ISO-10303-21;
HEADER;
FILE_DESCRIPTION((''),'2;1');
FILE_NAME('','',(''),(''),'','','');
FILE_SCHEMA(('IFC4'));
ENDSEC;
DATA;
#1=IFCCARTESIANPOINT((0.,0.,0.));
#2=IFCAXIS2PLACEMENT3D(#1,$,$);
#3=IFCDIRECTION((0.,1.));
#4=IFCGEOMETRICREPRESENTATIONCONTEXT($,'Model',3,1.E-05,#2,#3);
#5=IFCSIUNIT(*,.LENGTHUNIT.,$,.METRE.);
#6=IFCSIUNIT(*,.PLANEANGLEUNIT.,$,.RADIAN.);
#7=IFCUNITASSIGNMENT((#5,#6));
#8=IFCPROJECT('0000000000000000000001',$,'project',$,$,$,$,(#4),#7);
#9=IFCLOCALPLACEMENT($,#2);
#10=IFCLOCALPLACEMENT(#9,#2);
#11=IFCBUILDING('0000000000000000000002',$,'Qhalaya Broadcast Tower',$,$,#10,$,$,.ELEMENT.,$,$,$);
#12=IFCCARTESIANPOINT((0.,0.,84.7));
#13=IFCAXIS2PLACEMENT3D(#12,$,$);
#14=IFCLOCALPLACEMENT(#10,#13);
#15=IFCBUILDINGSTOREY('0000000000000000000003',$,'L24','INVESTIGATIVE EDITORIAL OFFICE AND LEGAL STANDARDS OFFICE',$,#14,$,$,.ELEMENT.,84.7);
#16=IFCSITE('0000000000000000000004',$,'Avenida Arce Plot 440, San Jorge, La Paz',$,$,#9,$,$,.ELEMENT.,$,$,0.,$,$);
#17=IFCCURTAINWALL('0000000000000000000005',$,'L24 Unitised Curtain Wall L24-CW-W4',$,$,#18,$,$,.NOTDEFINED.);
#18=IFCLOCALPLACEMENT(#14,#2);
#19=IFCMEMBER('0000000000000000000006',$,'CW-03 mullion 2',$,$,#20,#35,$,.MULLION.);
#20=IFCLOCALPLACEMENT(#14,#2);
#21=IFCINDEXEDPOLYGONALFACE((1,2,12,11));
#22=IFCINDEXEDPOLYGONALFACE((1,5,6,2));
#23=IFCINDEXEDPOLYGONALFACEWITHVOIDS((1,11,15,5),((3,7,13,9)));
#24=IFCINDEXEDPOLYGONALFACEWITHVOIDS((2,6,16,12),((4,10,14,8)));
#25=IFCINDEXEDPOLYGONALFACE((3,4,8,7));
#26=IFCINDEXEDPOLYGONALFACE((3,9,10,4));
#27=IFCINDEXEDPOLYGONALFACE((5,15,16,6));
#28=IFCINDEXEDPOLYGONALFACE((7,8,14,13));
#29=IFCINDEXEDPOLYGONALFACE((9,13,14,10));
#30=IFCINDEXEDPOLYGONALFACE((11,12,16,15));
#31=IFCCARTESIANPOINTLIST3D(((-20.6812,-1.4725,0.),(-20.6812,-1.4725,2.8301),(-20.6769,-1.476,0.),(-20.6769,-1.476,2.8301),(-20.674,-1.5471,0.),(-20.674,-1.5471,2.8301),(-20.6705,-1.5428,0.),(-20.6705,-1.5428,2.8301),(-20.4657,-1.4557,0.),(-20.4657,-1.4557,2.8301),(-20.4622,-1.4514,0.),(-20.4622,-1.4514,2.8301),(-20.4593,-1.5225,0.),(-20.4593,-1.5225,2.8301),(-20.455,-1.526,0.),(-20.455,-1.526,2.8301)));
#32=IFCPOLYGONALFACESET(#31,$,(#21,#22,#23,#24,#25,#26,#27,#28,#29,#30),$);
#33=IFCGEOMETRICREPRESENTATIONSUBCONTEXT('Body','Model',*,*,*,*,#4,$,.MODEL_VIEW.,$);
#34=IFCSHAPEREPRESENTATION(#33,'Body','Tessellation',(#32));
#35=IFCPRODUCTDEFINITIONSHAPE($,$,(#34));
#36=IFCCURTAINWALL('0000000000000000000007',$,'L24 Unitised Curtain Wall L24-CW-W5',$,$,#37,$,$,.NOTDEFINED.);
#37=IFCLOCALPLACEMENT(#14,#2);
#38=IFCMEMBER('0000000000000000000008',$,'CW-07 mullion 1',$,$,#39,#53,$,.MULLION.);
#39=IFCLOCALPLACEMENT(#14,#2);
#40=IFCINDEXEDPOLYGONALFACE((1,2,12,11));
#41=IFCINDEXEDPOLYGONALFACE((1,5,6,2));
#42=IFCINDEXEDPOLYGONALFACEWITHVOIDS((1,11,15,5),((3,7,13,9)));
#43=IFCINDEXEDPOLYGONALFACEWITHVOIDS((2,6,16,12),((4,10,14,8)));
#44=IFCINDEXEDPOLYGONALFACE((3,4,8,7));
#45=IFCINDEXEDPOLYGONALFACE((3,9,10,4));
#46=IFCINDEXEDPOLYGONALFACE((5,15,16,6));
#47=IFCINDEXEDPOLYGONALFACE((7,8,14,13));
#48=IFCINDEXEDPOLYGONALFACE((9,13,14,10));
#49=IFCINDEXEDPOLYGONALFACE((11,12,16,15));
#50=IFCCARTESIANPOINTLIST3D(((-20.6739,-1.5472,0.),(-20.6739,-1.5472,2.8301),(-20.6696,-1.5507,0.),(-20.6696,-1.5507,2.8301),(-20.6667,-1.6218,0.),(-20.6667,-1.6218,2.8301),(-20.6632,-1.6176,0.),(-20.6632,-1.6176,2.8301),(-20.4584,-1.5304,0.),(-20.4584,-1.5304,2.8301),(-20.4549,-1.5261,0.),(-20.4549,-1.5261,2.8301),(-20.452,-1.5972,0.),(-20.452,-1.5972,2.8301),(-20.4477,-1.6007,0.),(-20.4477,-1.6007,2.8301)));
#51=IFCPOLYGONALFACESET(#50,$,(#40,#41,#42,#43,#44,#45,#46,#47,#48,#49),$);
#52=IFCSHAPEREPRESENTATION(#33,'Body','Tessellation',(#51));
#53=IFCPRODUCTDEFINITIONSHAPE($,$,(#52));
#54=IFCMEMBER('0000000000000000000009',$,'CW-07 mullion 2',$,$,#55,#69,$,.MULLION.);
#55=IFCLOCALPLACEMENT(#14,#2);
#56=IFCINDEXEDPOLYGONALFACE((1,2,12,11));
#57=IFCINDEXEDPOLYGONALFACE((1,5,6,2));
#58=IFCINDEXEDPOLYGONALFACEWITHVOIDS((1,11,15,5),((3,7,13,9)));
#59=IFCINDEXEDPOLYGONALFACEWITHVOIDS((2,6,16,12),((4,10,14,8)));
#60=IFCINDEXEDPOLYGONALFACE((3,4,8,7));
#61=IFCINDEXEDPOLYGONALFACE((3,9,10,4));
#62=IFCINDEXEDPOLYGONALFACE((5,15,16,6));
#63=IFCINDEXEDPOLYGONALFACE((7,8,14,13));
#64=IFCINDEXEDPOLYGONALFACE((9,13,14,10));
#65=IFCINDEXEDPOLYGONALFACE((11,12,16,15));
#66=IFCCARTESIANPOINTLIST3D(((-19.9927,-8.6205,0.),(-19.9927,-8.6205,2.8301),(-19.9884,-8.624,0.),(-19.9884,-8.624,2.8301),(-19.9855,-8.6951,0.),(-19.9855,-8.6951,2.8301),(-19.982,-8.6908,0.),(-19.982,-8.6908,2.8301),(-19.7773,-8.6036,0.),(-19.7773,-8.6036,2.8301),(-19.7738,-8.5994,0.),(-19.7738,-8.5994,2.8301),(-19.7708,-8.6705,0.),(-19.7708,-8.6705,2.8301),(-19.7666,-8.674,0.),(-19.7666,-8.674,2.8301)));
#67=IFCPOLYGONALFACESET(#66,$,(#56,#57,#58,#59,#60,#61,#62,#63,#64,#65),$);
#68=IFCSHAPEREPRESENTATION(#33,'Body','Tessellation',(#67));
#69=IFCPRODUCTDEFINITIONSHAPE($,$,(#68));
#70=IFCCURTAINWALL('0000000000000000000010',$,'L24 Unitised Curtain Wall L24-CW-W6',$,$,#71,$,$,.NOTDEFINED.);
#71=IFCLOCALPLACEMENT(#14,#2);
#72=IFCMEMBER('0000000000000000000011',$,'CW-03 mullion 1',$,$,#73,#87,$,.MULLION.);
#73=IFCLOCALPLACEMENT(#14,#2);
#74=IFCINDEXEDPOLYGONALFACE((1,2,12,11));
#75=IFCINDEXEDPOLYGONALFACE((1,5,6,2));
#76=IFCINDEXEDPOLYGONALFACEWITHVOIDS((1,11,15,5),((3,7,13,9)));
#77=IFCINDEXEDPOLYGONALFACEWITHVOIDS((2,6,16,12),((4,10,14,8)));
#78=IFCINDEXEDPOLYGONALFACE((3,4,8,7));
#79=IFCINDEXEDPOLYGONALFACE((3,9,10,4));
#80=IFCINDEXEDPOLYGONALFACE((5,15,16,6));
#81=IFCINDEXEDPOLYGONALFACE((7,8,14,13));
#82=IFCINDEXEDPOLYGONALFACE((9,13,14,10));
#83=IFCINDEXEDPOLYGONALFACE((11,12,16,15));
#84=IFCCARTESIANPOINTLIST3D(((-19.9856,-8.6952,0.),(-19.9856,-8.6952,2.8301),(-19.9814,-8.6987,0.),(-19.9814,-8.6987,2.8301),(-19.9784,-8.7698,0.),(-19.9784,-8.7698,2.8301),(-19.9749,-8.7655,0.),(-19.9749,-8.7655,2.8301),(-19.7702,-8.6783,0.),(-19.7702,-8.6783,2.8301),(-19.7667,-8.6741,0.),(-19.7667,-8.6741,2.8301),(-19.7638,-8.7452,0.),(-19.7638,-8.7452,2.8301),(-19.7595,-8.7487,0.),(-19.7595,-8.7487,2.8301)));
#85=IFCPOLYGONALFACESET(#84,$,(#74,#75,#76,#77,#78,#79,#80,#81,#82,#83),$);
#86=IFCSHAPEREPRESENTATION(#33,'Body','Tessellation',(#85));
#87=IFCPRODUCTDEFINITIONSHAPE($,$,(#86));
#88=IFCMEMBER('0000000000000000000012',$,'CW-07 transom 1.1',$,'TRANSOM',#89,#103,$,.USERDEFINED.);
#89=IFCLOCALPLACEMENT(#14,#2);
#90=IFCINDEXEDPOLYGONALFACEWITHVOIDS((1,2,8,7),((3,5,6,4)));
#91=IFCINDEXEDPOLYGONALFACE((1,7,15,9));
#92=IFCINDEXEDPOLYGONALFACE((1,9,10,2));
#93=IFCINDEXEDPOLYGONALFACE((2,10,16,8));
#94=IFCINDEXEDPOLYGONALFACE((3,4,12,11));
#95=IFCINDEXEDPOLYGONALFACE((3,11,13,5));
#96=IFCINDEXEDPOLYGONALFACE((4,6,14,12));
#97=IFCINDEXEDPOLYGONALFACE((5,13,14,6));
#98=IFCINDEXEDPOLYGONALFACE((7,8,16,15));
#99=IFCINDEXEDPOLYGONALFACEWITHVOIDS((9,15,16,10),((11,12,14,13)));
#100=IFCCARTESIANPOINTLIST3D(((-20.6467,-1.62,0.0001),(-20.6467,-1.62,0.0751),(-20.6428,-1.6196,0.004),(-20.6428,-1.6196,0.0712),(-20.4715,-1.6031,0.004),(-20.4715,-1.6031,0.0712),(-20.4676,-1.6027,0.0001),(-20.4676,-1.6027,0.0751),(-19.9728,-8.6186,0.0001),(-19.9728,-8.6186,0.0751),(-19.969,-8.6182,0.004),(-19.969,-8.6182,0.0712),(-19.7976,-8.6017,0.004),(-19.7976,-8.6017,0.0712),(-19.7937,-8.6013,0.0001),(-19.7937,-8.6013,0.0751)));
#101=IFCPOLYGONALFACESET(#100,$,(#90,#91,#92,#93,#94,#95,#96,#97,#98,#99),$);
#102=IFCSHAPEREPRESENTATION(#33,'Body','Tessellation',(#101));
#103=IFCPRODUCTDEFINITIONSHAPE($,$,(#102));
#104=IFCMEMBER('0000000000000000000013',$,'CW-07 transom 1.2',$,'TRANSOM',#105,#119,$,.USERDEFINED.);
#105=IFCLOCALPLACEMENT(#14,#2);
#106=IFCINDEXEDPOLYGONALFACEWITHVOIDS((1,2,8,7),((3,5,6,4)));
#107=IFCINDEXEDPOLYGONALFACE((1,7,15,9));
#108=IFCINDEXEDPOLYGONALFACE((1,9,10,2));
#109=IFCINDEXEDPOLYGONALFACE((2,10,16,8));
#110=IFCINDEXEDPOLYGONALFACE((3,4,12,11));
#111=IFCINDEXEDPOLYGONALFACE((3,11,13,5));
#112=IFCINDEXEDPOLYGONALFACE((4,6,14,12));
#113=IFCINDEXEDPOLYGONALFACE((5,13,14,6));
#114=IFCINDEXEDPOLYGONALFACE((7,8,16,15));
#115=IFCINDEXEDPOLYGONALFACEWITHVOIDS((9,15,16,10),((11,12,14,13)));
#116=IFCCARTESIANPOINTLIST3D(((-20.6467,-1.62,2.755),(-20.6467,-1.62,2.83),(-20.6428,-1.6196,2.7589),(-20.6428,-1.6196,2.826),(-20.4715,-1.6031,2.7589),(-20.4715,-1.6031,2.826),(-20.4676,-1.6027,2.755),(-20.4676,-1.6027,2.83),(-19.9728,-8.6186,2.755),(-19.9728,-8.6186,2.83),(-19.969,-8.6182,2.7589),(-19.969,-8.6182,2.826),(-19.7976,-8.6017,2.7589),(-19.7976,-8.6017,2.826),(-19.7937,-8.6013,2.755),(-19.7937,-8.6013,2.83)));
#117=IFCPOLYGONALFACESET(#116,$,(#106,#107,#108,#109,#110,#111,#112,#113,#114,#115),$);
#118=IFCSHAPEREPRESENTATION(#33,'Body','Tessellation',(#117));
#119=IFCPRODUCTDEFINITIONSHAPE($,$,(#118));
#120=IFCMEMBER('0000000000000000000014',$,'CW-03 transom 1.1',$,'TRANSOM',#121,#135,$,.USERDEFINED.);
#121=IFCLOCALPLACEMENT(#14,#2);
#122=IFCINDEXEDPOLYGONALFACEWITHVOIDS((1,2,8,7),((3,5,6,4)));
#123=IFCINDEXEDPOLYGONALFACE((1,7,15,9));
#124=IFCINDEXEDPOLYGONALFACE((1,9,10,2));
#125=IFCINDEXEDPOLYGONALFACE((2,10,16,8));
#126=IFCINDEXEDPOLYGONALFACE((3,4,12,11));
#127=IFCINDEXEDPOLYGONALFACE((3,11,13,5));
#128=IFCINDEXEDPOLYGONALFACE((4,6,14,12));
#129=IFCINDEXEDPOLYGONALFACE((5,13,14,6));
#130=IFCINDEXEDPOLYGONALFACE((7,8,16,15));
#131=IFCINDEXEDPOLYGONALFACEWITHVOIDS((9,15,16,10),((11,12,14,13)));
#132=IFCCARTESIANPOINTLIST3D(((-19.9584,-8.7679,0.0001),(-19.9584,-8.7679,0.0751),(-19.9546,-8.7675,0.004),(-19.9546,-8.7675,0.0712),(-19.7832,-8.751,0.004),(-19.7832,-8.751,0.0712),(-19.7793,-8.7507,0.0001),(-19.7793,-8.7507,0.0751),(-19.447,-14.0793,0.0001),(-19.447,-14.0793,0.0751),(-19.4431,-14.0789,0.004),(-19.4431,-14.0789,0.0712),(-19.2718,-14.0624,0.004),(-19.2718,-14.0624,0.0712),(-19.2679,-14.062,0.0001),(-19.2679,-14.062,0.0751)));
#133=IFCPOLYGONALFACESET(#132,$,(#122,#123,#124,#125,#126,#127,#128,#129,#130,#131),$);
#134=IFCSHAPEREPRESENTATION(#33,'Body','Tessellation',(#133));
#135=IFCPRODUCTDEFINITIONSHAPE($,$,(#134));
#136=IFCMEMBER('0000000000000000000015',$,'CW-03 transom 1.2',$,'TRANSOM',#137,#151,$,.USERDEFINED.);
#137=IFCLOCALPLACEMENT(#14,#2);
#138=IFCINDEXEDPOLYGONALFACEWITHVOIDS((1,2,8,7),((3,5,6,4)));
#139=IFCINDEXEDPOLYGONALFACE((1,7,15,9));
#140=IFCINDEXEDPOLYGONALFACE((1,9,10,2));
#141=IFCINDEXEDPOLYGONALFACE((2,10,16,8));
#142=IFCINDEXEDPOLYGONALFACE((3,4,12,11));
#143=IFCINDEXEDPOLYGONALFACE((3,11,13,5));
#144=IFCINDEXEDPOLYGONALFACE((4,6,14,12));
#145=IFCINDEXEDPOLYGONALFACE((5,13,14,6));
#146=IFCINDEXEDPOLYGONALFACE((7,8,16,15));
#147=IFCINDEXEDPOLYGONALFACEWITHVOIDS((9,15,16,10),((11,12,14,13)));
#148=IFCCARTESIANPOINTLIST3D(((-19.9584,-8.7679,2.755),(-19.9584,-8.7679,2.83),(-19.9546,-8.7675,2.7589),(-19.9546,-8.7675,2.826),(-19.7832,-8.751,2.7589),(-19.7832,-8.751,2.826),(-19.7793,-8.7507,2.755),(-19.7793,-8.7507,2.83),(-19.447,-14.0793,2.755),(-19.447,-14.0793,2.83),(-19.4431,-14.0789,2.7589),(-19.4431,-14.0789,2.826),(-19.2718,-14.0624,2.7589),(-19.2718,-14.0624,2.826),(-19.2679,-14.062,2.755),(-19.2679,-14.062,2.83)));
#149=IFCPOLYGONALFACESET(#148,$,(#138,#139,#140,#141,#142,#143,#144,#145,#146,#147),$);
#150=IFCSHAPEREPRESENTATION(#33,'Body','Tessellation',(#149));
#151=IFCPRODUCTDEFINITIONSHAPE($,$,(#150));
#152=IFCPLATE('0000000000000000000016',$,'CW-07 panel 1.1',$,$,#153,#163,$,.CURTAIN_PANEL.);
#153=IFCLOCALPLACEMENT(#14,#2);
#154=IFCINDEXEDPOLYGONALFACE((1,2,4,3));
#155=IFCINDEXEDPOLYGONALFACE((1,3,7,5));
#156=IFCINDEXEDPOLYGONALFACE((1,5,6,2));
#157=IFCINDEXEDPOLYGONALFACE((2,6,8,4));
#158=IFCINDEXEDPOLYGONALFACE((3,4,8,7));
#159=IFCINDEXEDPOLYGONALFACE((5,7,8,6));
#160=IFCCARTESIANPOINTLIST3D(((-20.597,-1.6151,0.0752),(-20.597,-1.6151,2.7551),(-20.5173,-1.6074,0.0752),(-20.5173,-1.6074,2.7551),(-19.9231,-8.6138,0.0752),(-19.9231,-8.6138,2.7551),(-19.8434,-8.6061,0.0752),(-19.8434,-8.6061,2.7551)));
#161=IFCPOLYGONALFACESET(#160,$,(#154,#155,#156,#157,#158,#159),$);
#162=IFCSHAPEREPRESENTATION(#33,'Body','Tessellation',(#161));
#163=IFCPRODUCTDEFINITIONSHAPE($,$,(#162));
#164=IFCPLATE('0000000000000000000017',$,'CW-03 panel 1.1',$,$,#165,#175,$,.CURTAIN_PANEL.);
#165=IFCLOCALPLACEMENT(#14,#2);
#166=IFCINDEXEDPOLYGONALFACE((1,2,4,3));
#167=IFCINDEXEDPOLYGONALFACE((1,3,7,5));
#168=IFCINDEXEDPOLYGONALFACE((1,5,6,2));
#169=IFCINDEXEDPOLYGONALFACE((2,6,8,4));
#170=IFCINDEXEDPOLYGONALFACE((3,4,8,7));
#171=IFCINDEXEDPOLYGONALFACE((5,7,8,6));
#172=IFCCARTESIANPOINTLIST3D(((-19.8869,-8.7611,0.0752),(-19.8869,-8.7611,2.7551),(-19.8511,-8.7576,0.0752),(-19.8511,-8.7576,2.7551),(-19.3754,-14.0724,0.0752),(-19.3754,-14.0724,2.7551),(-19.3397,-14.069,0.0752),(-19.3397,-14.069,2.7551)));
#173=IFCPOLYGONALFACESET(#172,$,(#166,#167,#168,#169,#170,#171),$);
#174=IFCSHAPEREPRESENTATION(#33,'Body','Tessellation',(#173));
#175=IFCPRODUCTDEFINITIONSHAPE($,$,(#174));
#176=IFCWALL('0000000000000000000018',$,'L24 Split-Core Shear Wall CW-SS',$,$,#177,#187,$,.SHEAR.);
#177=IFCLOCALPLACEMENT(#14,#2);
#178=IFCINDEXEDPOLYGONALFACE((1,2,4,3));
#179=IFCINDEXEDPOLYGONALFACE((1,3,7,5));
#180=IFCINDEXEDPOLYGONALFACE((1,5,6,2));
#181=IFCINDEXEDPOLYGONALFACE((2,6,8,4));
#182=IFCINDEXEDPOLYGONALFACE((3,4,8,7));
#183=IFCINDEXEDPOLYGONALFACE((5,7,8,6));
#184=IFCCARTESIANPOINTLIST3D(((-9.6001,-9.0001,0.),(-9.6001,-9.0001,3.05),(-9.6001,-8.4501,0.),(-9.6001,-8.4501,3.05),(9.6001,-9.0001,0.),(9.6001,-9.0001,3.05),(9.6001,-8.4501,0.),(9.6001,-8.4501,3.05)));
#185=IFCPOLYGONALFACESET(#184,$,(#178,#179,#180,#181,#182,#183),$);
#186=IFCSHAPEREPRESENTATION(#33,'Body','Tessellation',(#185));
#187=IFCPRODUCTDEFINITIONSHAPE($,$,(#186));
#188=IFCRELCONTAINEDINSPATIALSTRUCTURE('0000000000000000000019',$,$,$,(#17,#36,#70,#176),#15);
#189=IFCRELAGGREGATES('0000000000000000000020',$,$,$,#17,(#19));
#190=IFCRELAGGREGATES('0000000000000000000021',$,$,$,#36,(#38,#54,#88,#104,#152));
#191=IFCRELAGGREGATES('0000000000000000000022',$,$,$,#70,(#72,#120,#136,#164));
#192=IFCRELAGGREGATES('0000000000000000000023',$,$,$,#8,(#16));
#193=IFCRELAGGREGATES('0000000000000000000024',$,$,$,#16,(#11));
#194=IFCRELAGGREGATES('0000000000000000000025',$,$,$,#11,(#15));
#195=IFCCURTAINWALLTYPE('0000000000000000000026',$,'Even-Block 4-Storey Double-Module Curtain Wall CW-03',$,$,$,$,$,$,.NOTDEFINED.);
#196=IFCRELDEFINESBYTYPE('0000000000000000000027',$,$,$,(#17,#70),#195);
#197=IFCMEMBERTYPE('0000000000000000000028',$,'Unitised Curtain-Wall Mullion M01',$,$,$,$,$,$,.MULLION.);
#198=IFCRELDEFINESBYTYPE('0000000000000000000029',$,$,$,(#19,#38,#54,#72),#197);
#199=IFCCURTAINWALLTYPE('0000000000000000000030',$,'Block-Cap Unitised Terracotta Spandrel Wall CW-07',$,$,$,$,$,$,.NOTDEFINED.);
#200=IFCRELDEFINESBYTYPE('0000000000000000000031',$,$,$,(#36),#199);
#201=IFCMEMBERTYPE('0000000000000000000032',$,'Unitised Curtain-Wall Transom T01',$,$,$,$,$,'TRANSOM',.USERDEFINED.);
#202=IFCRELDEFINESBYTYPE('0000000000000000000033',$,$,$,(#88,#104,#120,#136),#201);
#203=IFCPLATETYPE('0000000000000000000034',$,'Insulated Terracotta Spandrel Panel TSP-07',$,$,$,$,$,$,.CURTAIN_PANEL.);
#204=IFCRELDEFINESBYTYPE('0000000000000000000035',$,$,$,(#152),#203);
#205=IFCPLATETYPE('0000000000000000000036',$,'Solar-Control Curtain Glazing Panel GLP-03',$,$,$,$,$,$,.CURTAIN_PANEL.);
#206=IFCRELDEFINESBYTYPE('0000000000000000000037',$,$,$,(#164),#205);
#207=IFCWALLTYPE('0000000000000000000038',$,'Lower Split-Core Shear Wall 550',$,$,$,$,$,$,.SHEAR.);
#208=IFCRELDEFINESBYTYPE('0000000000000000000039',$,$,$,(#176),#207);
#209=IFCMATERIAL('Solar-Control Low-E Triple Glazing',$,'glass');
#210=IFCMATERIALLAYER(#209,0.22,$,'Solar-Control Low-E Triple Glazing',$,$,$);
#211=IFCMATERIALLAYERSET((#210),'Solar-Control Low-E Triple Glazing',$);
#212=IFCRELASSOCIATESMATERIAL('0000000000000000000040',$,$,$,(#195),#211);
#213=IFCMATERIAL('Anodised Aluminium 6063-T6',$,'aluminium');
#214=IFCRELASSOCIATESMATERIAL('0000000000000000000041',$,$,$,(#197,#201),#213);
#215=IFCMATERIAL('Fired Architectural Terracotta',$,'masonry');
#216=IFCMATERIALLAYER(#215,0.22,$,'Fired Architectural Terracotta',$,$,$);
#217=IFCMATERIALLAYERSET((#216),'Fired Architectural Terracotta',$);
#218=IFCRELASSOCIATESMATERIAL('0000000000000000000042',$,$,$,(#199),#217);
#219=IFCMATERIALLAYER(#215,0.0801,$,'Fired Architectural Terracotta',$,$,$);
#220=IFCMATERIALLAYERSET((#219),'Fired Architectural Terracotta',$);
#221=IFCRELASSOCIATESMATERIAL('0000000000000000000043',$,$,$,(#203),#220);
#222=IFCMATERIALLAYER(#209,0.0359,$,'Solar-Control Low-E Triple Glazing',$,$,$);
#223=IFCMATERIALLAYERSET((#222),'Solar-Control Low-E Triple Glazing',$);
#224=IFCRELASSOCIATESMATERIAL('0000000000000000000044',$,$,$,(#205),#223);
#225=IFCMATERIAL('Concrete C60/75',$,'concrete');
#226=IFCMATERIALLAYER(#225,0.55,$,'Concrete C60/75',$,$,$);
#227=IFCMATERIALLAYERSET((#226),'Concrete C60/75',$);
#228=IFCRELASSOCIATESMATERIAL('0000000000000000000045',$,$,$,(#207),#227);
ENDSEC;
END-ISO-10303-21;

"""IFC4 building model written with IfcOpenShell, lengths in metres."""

from ifc_helpers import new_model, si_unit, direction, frame, frame_2d, origin, origin_2d, place, context, subcontext, project, spatial, rectangle, hollow_rectangle, extrude, material, layer, layer_set, material_profile, profile_set, type_object, element, aggregate, save


model = new_model("IFC4")

# Units and contexts
model_context = context("Model", 3, precision=1e-05, world=origin(), true_north=direction((0.0, 1.0)))
body_context = subcontext(model_context, "Body", "Model", "MODEL_VIEW")
ifc_project = project(units=[si_unit("LENGTHUNIT", "METRE"), si_unit("PLANEANGLEUNIT", "RADIAN")], contexts=[model_context])

# Site, building, storey
site_placement = place(None, origin())
site = spatial("IfcSite", under=ifc_project, at=site_placement, Name="Avenida Arce Plot 440, San Jorge, La Paz", CompositionType="ELEMENT", RefElevation=0.0)
building_placement = place(site_placement, origin())
building = spatial("IfcBuilding", under=site, at=building_placement, Name="Qhalaya Broadcast Tower", CompositionType="ELEMENT")
storey_placement = place(building_placement, frame((0.0, 0.0, 84.7)))
storey = spatial("IfcBuildingStorey", under=building, at=storey_placement, Name="L24", Description="INVESTIGATIVE EDITORIAL OFFICE AND LEGAL STANDARDS OFFICE", CompositionType="ELEMENT", Elevation=84.7)

# Curtain wall, member
ifc_material_1 = material(Name="Solar-Control Low-E Triple Glazing", Category="glass")
ifc_layer_1 = layer(ifc_material_1, 0.22, Name="Solar-Control Low-E Triple Glazing")
ifc_layer_set_1 = layer_set([ifc_layer_1], Name="Solar-Control Low-E Triple Glazing")
curtain_wall_type_1 = type_object("IfcCurtainWallType", Name="Even-Block 4-Storey Double-Module Curtain Wall CW-03", PredefinedType="NOTDEFINED", material=ifc_layer_set_1)
curtain_wall_1_placement = place(storey_placement, origin())
curtain_wall_1 = element("IfcCurtainWall", 1, at=curtain_wall_1_placement, inside=storey, type_object=curtain_wall_type_1, Name="L24 Unitised Curtain Wall L24-CW-W4", PredefinedType="NOTDEFINED")
ifc_material_2 = material(Name="Anodised Aluminium 6063-T6", Category="aluminium")
ifc_material_profile_1 = material_profile(ifc_material_2, hollow_rectangle(XDim=0.075, YDim=0.22, WallThickness=0.0039, at=origin_2d()), Name="ALU-MUL 75x220x4")
ifc_profile_set_1 = profile_set([ifc_material_profile_1], Name="Anodised Aluminium 6063-T6")
member_type_1 = type_object("IfcMemberType", Name="Unitised Curtain-Wall Mullion M01", PredefinedType="MULLION", material=ifc_profile_set_1)
member_1_placement = place(storey_placement, frame((-20.5681, -1.4993, 0.0), z_axis=(0.0, 0.0, 1.0), x_axis=(0.095843, -0.995396, 0.0)))
member_1 = element("IfcMember", 2, at=member_1_placement, type_object=member_type_1, Name="CW-03 mullion 2", PredefinedType="MULLION", context=body_context, shape_type="SweptSolid", body=[
    extrude(hollow_rectangle(XDim=0.075, YDim=0.22, WallThickness=0.0039, at=origin_2d()), origin(), (0.0, 0.0, 1.0), 2.8301),
])
aggregate(curtain_wall_1, [member_1])

# Curtain wall, members
ifc_material_3 = material(Name="Fired Architectural Terracotta", Category="masonry")
ifc_layer_2 = layer(ifc_material_3, 0.22, Name="Fired Architectural Terracotta")
ifc_layer_set_2 = layer_set([ifc_layer_2], Name="Fired Architectural Terracotta")
curtain_wall_type_2 = type_object("IfcCurtainWallType", Name="Block-Cap Unitised Terracotta Spandrel Wall CW-07", PredefinedType="NOTDEFINED", material=ifc_layer_set_2)
curtain_wall_2_placement = place(storey_placement, origin())
curtain_wall_2 = element("IfcCurtainWall", 3, at=curtain_wall_2_placement, inside=storey, type_object=curtain_wall_type_2, Name="L24 Unitised Curtain Wall L24-CW-W5", PredefinedType="NOTDEFINED")
member_2_placement = place(storey_placement, frame((-20.5608, -1.574, 0.0), z_axis=(0.0, 0.0, 1.0), x_axis=(0.095851, -0.995396, 0.0)))
member_2 = element("IfcMember", 4, at=member_2_placement, type_object=member_type_1, Name="CW-07 mullion 1", PredefinedType="MULLION", context=body_context, shape_type="SweptSolid", body=[
    extrude(hollow_rectangle(XDim=0.075, YDim=0.22, WallThickness=0.0039, at=origin_2d()), origin(), (0.0, 0.0, 1.0), 2.8301),
])
member_3_placement = place(storey_placement, frame((-19.8796, -8.6472, 0.0), z_axis=(0.0, 0.0, 1.0), x_axis=(0.095851, -0.995396, 0.0)))
member_3 = element("IfcMember", 5, at=member_3_placement, type_object=member_type_1, Name="CW-07 mullion 2", PredefinedType="MULLION", context=body_context, shape_type="SweptSolid", body=[
    extrude(hollow_rectangle(XDim=0.075, YDim=0.22, WallThickness=0.0039, at=origin_2d()), origin(), (0.0, 0.0, 1.0), 2.8301),
])

# Curtain wall, member
curtain_wall_3_placement = place(storey_placement, origin())
curtain_wall_3 = element("IfcCurtainWall", 6, at=curtain_wall_3_placement, inside=storey, type_object=curtain_wall_type_1, Name="L24 Unitised Curtain Wall L24-CW-W6", PredefinedType="NOTDEFINED")
member_4_placement = place(storey_placement, frame((-19.8726, -8.7219, 0.0), z_axis=(0.0, 0.0, 1.0), x_axis=(0.095845, -0.995396, 0.0)))
member_4 = element("IfcMember", 7, at=member_4_placement, type_object=member_type_1, Name="CW-03 mullion 1", PredefinedType="MULLION", context=body_context, shape_type="SweptSolid", body=[
    extrude(hollow_rectangle(XDim=0.075, YDim=0.22, WallThickness=0.0039, at=origin_2d()), origin(), (0.0, 0.0, 1.0), 2.8301),
])

# Members
ifc_material_profile_2 = material_profile(ifc_material_2, hollow_rectangle(XDim=0.075, YDim=0.1799, WallThickness=0.0039, at=origin_2d()), Name="ALU-TRN 75x180x4")
ifc_profile_set_2 = profile_set([ifc_material_profile_2], Name="Anodised Aluminium 6063-T6")
member_type_2 = type_object("IfcMemberType", Name="Unitised Curtain-Wall Transom T01", ElementType="TRANSOM", PredefinedType="USERDEFINED", material=ifc_profile_set_2)
member_5_placement = place(storey_placement, frame((-20.5571, -1.6113, 0.0376), z_axis=(0.095838, -0.995397, 0.0), x_axis=(0.0, 0.0, 1.0)))
member_5 = element("IfcMember", 8, at=member_5_placement, type_object=member_type_2, Name="CW-07 transom 1.1", ObjectType="TRANSOM", PredefinedType="USERDEFINED", context=body_context, shape_type="SweptSolid", body=[
    extrude(hollow_rectangle(XDim=0.075, YDim=0.1799, WallThickness=0.0039, at=origin_2d()), origin(), (0.0, 0.0, 1.0), 7.031),
])
member_6_placement = place(storey_placement, frame((-20.5571, -1.6113, 2.7925), z_axis=(0.095838, -0.995397, 0.0), x_axis=(0.0, 0.0, 1.0)))
member_6 = element("IfcMember", 9, at=member_6_placement, type_object=member_type_2, Name="CW-07 transom 1.2", ObjectType="TRANSOM", PredefinedType="USERDEFINED", context=body_context, shape_type="SweptSolid", body=[
    extrude(hollow_rectangle(XDim=0.075, YDim=0.1799, WallThickness=0.0039, at=origin_2d()), origin(), (0.0, 0.0, 1.0), 7.031),
])
member_7_placement = place(storey_placement, frame((-19.8689, -8.7593, 0.0376), z_axis=(0.095856, -0.995395, 0.0), x_axis=(0.0, 0.0, 1.0)))
member_7 = element("IfcMember", 10, at=member_7_placement, type_object=member_type_2, Name="CW-03 transom 1.1", ObjectType="TRANSOM", PredefinedType="USERDEFINED", context=body_context, shape_type="SweptSolid", body=[
    extrude(hollow_rectangle(XDim=0.075, YDim=0.1799, WallThickness=0.0039, at=origin_2d()), origin(), (0.0, 0.0, 1.0), 5.3359),
])
member_8_placement = place(storey_placement, frame((-19.8689, -8.7593, 2.7925), z_axis=(0.095856, -0.995395, 0.0), x_axis=(0.0, 0.0, 1.0)))
member_8 = element("IfcMember", 11, at=member_8_placement, type_object=member_type_2, Name="CW-03 transom 1.2", ObjectType="TRANSOM", PredefinedType="USERDEFINED", context=body_context, shape_type="SweptSolid", body=[
    extrude(hollow_rectangle(XDim=0.075, YDim=0.1799, WallThickness=0.0039, at=origin_2d()), origin(), (0.0, 0.0, 1.0), 5.3359),
])

# Plates
ifc_layer_3 = layer(ifc_material_3, 0.0801, Name="Fired Architectural Terracotta")
ifc_layer_set_3 = layer_set([ifc_layer_3], Name="Fired Architectural Terracotta")
plate_type_1 = type_object("IfcPlateType", Name="Insulated Terracotta Spandrel Panel TSP-07", PredefinedType="CURTAIN_PANEL", material=ifc_layer_set_3)
plate_1_placement = place(storey_placement, frame((-20.2202, -5.1106, 0.0752), z_axis=(0.0, 0.0, 1.0), x_axis=(0.095851, -0.995396, 0.0)))
plate_1 = element("IfcPlate", 12, at=plate_1_placement, type_object=plate_type_1, Name="CW-07 panel 1.1", PredefinedType="CURTAIN_PANEL", context=body_context, shape_type="SweptSolid", body=[
    extrude(rectangle(XDim=7.031, YDim=0.0801, at=origin_2d()), origin(), (0.0, 0.0, 1.0), 2.6799),
])
aggregate(curtain_wall_2, [member_2, member_3, member_5, member_6, plate_1])
ifc_layer_4 = layer(ifc_material_1, 0.0359, Name="Solar-Control Low-E Triple Glazing")
ifc_layer_set_4 = layer_set([ifc_layer_4], Name="Solar-Control Low-E Triple Glazing")
plate_type_2 = type_object("IfcPlateType", Name="Solar-Control Curtain Glazing Panel GLP-03", PredefinedType="CURTAIN_PANEL", material=ifc_layer_set_4)
plate_2_placement = place(storey_placement, frame((-19.6133, -11.415, 0.0752), z_axis=(0.0, 0.0, 1.0), x_axis=(0.095845, -0.995396, 0.0)))
plate_2 = element("IfcPlate", 13, at=plate_2_placement, type_object=plate_type_2, Name="CW-03 panel 1.1", PredefinedType="CURTAIN_PANEL", context=body_context, shape_type="SweptSolid", body=[
    extrude(rectangle(XDim=5.3359, YDim=0.0359, at=origin_2d()), origin(), (0.0, 0.0, 1.0), 2.6799),
])
aggregate(curtain_wall_3, [member_4, member_7, member_8, plate_2])

# Wall
ifc_material_4 = material(Name="Concrete C60/75", Category="concrete")
ifc_layer_5 = layer(ifc_material_4, 0.55, Name="Concrete C60/75")
ifc_layer_set_5 = layer_set([ifc_layer_5], Name="Concrete C60/75")
wall_type = type_object("IfcWallType", Name="Lower Split-Core Shear Wall 550", PredefinedType="SHEAR", material=ifc_layer_set_5)
wall_1_placement = place(storey_placement, frame((-9.6001, -8.7251, 0.0), z_axis=(0.0, 0.0, 1.0), x_axis=(1.0, 0.0, 0.0)))
element("IfcWall", 14, at=wall_1_placement, inside=storey, type_object=wall_type, Name="L24 Split-Core Shear Wall CW-SS", PredefinedType="SHEAR", context=body_context, shape_type="SweptSolid", body=[
    extrude(rectangle(XDim=19.2002, YDim=0.55, at=frame_2d((9.6001, 0.0))), origin(), (0.0, 0.0, 1.0), 3.05),
])

save(model, "model.ifc")
